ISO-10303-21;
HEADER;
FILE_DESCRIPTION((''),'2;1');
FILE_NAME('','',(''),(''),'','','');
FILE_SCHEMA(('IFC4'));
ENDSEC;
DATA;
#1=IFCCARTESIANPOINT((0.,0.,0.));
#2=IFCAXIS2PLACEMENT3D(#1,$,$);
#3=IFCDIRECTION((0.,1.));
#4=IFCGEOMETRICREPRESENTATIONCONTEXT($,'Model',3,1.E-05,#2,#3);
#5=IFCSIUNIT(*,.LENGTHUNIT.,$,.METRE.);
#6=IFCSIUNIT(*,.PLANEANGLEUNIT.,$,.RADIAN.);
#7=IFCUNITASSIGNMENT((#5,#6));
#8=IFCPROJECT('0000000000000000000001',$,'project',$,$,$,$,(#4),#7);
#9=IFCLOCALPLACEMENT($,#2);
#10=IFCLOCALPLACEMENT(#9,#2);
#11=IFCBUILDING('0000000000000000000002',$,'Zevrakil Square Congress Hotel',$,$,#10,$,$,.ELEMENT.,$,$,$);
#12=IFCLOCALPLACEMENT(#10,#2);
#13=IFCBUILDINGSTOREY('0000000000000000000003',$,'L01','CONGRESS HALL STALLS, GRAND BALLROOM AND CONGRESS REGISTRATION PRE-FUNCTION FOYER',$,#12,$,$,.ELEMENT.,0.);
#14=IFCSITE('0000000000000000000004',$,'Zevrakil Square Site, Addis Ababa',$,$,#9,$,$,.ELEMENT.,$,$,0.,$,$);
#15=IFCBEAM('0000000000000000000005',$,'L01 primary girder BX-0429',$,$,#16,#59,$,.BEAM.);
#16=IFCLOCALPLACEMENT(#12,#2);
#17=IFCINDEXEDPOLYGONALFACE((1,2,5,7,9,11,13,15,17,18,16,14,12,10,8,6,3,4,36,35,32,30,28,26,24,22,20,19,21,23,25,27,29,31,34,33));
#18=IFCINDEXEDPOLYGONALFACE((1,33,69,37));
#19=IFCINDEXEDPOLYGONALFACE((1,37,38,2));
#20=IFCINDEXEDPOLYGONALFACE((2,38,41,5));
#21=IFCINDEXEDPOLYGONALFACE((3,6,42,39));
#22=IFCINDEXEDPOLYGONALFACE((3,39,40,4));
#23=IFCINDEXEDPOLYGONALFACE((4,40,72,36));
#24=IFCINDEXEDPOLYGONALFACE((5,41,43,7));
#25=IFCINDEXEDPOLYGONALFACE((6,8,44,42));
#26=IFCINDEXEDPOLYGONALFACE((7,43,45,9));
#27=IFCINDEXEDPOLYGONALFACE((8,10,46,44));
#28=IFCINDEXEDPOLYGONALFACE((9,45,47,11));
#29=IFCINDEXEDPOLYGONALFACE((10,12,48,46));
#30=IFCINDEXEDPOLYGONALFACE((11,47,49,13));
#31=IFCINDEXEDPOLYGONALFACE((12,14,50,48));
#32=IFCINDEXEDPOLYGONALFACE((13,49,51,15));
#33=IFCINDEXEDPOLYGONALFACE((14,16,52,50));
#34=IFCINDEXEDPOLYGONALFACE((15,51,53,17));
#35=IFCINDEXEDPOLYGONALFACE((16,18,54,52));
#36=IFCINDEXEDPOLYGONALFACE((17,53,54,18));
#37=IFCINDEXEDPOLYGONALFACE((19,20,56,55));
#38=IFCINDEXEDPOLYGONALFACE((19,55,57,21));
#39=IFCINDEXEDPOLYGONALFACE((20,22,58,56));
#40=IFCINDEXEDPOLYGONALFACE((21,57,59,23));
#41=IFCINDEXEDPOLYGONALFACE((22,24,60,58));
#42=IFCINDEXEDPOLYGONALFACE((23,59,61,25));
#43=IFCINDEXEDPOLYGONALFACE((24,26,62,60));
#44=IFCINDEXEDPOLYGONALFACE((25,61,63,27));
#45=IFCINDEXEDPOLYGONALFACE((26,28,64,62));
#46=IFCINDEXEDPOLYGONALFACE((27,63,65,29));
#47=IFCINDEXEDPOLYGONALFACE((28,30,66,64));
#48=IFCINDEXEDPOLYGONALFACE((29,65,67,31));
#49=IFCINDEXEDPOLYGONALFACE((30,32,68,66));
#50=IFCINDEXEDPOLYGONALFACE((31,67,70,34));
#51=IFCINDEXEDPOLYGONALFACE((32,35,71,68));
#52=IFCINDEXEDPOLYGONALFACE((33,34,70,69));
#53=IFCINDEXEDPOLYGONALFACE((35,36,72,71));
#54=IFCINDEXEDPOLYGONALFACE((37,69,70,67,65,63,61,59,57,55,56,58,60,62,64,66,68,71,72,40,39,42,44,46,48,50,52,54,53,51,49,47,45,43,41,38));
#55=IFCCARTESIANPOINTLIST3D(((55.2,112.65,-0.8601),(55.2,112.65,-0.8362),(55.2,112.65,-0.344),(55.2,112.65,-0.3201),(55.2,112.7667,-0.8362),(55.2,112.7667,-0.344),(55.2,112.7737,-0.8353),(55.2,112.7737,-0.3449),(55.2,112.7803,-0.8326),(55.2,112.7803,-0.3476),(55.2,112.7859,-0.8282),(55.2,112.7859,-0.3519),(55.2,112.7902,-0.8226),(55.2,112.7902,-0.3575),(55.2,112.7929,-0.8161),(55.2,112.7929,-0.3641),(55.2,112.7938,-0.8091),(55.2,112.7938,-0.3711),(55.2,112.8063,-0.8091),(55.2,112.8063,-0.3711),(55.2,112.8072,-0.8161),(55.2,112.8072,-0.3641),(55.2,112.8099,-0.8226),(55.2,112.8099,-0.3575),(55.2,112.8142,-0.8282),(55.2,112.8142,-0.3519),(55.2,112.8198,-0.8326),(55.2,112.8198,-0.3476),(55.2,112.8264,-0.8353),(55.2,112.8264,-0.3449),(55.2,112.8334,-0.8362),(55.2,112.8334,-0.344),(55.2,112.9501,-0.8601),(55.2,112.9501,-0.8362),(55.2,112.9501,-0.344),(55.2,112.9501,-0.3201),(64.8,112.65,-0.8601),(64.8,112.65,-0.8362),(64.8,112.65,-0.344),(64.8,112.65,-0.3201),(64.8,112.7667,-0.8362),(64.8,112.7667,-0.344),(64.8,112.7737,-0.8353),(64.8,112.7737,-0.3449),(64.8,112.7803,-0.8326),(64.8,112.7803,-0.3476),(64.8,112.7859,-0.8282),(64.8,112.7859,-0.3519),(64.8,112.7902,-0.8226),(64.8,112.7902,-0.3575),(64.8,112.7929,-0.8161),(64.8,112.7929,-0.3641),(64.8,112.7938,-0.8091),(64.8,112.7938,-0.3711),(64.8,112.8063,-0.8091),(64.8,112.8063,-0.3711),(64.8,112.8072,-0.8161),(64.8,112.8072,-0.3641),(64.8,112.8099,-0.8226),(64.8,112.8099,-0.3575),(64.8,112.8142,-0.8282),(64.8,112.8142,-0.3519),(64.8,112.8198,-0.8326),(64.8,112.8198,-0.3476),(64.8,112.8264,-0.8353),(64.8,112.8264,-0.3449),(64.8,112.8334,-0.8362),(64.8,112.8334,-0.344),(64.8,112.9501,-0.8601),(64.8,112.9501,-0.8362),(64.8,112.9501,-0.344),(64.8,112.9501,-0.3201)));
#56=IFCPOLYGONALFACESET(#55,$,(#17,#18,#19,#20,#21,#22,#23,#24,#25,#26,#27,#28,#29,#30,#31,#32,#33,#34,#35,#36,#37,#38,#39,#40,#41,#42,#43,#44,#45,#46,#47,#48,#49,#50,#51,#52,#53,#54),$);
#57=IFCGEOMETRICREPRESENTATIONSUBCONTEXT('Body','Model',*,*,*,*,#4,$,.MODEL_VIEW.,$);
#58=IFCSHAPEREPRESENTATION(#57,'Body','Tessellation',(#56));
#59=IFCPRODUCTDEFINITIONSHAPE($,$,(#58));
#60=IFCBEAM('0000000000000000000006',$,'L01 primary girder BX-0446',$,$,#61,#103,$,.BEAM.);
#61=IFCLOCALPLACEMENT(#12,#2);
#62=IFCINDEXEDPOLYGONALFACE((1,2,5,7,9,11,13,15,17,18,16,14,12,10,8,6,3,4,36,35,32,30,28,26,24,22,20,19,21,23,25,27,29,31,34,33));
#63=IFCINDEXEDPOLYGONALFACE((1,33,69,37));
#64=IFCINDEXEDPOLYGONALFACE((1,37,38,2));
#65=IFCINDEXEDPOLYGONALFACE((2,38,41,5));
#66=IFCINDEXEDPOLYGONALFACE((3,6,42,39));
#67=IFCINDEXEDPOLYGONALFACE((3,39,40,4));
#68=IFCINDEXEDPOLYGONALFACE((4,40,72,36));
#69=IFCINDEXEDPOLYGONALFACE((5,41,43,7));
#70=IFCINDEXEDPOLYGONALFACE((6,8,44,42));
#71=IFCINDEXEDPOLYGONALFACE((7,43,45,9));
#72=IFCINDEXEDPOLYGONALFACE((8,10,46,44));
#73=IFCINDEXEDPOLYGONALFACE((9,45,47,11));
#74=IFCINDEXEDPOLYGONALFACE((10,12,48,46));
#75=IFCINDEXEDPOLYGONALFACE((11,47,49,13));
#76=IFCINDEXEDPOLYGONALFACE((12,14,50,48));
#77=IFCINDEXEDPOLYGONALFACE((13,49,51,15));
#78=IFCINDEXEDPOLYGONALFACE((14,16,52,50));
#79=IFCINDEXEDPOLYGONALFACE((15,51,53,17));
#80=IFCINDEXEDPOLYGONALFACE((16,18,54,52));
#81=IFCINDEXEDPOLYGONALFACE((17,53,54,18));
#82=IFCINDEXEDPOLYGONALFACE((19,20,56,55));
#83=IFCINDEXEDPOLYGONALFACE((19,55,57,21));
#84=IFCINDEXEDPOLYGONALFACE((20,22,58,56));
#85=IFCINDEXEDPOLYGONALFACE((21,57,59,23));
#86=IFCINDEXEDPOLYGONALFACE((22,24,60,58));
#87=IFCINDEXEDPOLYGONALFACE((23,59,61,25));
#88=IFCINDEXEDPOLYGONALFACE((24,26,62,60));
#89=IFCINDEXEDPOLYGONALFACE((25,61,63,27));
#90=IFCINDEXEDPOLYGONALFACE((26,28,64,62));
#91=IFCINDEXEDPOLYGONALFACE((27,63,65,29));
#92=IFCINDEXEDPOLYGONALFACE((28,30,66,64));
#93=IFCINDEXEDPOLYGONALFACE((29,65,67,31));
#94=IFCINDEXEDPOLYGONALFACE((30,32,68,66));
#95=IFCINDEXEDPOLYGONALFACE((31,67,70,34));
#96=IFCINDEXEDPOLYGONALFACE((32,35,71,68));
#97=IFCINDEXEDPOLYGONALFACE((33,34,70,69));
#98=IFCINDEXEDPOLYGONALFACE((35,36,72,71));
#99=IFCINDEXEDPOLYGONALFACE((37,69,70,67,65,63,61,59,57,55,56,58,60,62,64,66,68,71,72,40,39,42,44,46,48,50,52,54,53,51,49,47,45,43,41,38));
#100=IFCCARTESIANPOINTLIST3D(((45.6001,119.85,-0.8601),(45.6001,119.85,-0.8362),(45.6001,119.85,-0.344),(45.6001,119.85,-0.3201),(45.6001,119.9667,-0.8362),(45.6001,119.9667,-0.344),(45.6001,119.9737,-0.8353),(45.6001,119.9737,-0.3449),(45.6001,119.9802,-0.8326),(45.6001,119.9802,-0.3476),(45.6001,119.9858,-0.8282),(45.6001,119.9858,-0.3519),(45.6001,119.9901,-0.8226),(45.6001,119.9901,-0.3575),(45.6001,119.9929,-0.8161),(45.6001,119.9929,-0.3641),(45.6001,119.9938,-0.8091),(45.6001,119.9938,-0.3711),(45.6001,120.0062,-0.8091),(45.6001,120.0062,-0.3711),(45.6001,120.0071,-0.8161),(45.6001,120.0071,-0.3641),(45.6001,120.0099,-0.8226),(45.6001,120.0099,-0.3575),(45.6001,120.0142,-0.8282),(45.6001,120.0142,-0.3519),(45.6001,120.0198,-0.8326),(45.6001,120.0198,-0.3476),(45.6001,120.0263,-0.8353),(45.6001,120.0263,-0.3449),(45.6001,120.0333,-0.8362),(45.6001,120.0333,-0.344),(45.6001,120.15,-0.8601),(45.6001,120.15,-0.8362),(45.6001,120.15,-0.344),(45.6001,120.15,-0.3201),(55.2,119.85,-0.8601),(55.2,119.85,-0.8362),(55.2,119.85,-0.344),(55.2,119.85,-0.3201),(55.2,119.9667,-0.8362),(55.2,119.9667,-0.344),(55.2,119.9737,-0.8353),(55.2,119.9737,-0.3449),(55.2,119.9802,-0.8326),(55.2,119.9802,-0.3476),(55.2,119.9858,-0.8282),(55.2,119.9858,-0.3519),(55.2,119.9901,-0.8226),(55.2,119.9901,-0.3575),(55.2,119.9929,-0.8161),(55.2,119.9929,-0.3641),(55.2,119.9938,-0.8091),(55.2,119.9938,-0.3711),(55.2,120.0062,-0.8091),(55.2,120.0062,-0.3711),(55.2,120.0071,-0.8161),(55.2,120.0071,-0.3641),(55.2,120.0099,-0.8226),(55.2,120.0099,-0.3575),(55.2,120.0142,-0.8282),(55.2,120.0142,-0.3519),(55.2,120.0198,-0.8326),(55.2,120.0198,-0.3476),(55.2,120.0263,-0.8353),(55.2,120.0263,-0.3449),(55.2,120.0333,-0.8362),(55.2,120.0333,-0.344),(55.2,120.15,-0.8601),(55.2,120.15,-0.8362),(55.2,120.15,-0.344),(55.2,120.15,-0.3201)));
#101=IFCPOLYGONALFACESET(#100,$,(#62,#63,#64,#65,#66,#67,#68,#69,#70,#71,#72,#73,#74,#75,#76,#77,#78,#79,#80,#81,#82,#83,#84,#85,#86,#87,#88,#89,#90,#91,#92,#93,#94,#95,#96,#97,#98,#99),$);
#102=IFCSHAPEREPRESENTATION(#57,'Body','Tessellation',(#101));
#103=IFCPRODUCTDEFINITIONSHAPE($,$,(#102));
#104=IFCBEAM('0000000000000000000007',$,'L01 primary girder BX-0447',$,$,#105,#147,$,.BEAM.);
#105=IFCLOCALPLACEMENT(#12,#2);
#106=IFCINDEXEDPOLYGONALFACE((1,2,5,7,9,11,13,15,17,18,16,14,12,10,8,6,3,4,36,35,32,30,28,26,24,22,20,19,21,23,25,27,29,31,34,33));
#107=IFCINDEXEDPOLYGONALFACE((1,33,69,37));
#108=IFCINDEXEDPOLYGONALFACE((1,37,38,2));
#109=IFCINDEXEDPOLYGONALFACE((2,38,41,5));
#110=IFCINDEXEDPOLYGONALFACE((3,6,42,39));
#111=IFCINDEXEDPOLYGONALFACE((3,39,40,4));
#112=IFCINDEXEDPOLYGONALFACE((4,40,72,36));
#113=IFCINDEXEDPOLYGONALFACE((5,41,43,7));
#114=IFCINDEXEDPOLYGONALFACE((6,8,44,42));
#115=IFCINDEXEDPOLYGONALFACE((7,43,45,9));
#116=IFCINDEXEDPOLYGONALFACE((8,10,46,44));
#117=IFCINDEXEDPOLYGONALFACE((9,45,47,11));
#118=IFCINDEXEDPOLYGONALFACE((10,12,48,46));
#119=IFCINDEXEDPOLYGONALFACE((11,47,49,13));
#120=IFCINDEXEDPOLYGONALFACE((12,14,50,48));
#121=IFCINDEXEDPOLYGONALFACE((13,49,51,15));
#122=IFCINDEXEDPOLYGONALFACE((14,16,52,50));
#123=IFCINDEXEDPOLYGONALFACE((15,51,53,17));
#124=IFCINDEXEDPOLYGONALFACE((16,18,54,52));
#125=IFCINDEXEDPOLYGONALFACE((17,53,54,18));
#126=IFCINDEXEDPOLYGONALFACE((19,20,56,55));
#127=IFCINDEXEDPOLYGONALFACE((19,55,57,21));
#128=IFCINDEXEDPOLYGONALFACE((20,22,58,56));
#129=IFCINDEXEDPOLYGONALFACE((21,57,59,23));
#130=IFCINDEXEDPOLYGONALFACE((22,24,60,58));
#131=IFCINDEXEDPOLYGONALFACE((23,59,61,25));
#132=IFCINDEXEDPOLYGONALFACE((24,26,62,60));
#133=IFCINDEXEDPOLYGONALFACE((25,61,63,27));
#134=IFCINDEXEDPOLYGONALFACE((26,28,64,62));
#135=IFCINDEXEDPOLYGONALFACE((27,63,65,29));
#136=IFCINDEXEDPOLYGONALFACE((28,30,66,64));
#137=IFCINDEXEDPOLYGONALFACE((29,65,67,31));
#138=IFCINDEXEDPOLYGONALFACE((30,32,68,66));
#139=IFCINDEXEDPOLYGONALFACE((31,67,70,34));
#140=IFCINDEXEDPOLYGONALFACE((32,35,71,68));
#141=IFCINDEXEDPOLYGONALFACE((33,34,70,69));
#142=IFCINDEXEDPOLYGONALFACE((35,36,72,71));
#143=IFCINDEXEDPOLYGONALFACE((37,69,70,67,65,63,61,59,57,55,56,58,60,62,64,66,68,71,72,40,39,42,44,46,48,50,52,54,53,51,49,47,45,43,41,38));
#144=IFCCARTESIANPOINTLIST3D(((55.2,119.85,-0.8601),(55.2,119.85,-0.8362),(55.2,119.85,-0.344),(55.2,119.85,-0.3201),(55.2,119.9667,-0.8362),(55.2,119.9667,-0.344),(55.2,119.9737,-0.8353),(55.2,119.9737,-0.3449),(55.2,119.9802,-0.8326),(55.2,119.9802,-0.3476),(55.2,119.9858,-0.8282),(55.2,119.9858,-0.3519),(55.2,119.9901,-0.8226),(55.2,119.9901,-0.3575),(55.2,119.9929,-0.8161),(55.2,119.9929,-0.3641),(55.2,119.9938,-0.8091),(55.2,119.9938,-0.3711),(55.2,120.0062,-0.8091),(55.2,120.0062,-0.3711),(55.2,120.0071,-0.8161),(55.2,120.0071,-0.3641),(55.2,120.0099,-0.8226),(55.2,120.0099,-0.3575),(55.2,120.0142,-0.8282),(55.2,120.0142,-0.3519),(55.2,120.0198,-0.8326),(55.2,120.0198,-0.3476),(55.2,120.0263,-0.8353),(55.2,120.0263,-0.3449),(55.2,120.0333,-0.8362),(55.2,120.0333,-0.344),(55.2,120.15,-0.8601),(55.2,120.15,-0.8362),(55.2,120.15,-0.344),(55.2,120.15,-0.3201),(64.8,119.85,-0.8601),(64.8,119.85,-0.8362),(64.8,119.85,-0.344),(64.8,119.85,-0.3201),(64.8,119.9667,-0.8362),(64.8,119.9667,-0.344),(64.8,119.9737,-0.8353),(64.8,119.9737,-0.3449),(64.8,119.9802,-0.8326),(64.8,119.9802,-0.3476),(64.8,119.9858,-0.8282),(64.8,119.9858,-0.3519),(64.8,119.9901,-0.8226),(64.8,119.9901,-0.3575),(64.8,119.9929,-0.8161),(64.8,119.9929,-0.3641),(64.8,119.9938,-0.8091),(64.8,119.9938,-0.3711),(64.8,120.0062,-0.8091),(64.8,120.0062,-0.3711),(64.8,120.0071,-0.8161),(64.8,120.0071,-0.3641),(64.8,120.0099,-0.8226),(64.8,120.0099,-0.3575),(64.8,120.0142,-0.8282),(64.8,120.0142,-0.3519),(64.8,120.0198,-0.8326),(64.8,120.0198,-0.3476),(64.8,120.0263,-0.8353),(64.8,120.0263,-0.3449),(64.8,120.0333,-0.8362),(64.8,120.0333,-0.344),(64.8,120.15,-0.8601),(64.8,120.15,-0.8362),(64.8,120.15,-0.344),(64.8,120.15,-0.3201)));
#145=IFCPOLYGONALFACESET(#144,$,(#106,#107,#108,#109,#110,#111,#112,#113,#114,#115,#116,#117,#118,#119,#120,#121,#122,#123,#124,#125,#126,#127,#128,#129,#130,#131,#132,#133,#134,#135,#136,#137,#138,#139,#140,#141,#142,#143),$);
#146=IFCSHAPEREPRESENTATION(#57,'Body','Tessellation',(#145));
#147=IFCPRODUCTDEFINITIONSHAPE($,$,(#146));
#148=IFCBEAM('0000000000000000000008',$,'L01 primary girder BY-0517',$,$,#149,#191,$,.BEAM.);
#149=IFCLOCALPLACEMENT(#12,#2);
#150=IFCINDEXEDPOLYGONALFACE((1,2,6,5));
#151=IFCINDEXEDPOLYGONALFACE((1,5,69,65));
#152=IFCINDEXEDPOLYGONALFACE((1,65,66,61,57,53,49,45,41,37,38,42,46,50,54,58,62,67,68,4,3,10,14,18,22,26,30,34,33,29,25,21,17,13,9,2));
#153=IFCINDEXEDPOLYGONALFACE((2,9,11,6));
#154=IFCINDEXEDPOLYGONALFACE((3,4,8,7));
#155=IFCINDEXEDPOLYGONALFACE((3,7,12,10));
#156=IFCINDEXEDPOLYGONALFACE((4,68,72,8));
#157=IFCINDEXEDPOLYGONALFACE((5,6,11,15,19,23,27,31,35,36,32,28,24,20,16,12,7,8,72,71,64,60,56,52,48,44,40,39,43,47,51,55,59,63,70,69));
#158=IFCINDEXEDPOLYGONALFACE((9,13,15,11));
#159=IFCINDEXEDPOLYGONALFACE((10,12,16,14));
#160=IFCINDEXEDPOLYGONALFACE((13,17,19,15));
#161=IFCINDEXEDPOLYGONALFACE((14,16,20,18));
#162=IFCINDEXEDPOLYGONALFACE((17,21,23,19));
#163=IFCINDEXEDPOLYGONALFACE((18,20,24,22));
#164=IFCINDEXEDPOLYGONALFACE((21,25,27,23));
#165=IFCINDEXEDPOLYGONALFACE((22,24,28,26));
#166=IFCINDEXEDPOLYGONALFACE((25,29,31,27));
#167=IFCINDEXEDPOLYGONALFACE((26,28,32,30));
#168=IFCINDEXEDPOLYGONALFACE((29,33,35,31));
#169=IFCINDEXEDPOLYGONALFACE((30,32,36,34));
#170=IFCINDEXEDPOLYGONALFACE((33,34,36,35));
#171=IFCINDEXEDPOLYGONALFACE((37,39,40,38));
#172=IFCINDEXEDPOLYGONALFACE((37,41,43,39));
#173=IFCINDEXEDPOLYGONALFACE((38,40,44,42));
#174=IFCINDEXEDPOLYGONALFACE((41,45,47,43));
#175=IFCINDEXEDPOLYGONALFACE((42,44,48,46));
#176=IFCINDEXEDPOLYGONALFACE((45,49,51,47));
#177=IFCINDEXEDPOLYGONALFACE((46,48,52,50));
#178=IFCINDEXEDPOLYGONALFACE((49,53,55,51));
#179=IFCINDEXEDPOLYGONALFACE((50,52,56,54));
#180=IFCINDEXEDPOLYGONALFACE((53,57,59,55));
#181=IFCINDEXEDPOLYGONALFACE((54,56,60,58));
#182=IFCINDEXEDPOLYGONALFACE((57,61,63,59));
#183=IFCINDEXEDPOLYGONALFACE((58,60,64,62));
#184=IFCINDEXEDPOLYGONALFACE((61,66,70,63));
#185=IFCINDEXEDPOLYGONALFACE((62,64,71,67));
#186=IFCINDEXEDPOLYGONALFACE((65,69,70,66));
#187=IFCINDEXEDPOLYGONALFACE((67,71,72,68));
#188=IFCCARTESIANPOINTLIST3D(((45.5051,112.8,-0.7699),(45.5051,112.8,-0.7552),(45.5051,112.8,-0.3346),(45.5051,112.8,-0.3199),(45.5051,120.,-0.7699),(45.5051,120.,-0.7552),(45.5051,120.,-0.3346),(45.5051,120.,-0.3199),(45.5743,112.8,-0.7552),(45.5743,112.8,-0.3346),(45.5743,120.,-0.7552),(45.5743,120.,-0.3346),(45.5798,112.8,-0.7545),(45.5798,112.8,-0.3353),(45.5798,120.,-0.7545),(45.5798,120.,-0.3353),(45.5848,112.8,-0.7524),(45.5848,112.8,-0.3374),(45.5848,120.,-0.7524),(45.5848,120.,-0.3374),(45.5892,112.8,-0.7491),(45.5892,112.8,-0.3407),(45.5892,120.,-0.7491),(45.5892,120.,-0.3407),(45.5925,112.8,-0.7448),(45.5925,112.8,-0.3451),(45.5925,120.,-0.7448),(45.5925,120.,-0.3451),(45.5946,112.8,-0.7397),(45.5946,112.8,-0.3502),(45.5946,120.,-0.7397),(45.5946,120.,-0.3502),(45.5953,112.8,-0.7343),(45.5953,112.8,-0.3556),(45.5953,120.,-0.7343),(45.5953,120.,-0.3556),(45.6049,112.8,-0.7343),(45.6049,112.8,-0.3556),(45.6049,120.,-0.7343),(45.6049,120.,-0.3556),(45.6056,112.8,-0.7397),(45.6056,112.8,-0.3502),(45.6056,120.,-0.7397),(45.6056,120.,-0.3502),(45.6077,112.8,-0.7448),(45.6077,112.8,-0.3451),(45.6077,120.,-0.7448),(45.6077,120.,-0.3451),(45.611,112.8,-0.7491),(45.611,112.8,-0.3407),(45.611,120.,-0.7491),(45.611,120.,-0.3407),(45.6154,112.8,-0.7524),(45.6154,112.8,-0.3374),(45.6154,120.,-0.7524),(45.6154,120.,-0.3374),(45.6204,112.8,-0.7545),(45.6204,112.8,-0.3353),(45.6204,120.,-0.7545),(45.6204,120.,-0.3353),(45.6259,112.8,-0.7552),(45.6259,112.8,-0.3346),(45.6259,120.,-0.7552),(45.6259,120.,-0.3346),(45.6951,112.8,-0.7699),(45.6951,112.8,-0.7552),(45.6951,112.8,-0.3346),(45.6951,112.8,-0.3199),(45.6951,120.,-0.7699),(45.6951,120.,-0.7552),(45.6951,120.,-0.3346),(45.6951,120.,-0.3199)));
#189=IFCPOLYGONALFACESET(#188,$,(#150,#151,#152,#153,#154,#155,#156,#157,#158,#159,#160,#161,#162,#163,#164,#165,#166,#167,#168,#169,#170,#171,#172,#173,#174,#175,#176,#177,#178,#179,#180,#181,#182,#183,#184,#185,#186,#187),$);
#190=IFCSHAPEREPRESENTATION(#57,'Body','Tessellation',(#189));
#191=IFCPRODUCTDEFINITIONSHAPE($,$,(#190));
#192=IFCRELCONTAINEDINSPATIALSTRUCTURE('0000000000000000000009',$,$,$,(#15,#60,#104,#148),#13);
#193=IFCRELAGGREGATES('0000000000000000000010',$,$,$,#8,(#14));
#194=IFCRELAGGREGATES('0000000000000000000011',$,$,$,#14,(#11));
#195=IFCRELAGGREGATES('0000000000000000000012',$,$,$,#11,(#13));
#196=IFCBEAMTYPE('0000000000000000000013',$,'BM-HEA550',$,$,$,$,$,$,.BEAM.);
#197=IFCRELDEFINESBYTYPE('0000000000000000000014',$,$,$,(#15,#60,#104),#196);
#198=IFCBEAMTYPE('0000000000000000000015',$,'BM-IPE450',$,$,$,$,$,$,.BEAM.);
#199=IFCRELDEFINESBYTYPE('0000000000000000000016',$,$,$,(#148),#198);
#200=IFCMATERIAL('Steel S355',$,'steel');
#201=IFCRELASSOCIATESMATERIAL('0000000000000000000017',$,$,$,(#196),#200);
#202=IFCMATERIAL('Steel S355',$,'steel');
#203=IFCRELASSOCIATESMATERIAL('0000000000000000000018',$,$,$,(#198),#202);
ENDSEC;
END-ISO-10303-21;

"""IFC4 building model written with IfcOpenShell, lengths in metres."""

from ifc_helpers import new_model, si_unit, direction, frame, origin, origin_2d, place, context, subcontext, project, spatial, i_section, extrude, material, material_profile, profile_set, type_object, element, save


model = new_model("IFC4")

# Units and contexts
model_context = context("Model", 3, precision=1e-05, world=origin(), true_north=direction((0.0, 1.0)))
body_context = subcontext(model_context, "Body", "Model", "MODEL_VIEW")
ifc_project = project(units=[si_unit("LENGTHUNIT", "METRE"), si_unit("PLANEANGLEUNIT", "RADIAN")], contexts=[model_context])

# Site, building, storey
site_placement = place(None, origin())
site = spatial("IfcSite", under=ifc_project, at=site_placement, Name="Zevrakil Square Site, Addis Ababa", CompositionType="ELEMENT", RefElevation=0.0)
building_placement = place(site_placement, origin())
building = spatial("IfcBuilding", under=site, at=building_placement, Name="Zevrakil Square Congress Hotel", CompositionType="ELEMENT")
storey_placement = place(building_placement, origin())
storey = spatial("IfcBuildingStorey", under=building, at=storey_placement, Name="L01", Description="CONGRESS HALL STALLS, GRAND BALLROOM AND CONGRESS REGISTRATION PRE-FUNCTION FOYER", CompositionType="ELEMENT", Elevation=0.0)

# Beams
ifc_material_1 = material(Name="Steel S355", Category="steel")
ifc_material_profile_1 = material_profile(ifc_material_1, i_section(OverallWidth=0.3, OverallDepth=0.54, WebThickness=0.0125, FlangeThickness=0.0239, FilletRadius=0.0271, at=origin_2d()), Name="HEA 550")
ifc_profile_set_1 = profile_set([ifc_material_profile_1], Name="Steel S355")
beam_type_1 = type_object("IfcBeamType", Name="BM-HEA550", PredefinedType="BEAM", material=ifc_profile_set_1)
beam_1_placement = place(storey_placement, frame((55.2, 112.8, -0.5901), z_axis=(1.0, 0.0, 0.0), x_axis=(0.0, 1.0, 0.0)))
element("IfcBeam", 1, at=beam_1_placement, inside=storey, type_object=beam_type_1, Name="L01 primary girder BX-0429", PredefinedType="BEAM", context=body_context, shape_type="SweptSolid", body=[
    extrude(i_section(OverallWidth=0.3, OverallDepth=0.54, WebThickness=0.0125, FlangeThickness=0.0239, FilletRadius=0.0271, at=origin_2d()), origin(), (0.0, 0.0, 1.0), 9.6001),
])
beam_2_placement = place(storey_placement, frame((45.6001, 120.0, -0.5901), z_axis=(1.0, 0.0, 0.0), x_axis=(0.0, 1.0, 0.0)))
element("IfcBeam", 2, at=beam_2_placement, inside=storey, type_object=beam_type_1, Name="L01 primary girder BX-0446", PredefinedType="BEAM", context=body_context, shape_type="SweptSolid", body=[
    extrude(i_section(OverallWidth=0.3, OverallDepth=0.54, WebThickness=0.0125, FlangeThickness=0.0239, FilletRadius=0.0271, at=origin_2d()), origin(), (0.0, 0.0, 1.0), 9.5999),
])
beam_3_placement = place(storey_placement, frame((55.2, 120.0, -0.5901), z_axis=(1.0, 0.0, 0.0), x_axis=(0.0, 1.0, 0.0)))
element("IfcBeam", 3, at=beam_3_placement, inside=storey, type_object=beam_type_1, Name="L01 primary girder BX-0447", PredefinedType="BEAM", context=body_context, shape_type="SweptSolid", body=[
    extrude(i_section(OverallWidth=0.3, OverallDepth=0.54, WebThickness=0.0125, FlangeThickness=0.0239, FilletRadius=0.0271, at=origin_2d()), origin(), (0.0, 0.0, 1.0), 9.6001),
])
ifc_material_2 = material(Name="Steel S355", Category="steel")
ifc_material_profile_2 = material_profile(ifc_material_2, i_section(OverallWidth=0.1899, OverallDepth=0.45, WebThickness=0.0095, FlangeThickness=0.0146, FilletRadius=0.021, at=origin_2d()), Name="IPE 450")
ifc_profile_set_2 = profile_set([ifc_material_profile_2], Name="Steel S355")
beam_type_2 = type_object("IfcBeamType", Name="BM-IPE450", PredefinedType="BEAM", material=ifc_profile_set_2)
for number, where, z_axis, x_axis, name in (
    (4, (45.6001, 112.8, -0.5449), (0.0, 1.0, 0.0), (-1.0, 0.0, 0.0), "L01 primary girder BY-0517"),
):
    element("IfcBeam", number, at=place(storey_placement, frame(where, z_axis=z_axis, x_axis=x_axis)), inside=storey, type_object=beam_type_2, Name=name, PredefinedType="BEAM", context=body_context, shape_type="SweptSolid", body=[
        extrude(i_section(OverallWidth=0.1899, OverallDepth=0.45, WebThickness=0.0095, FlangeThickness=0.0146, FilletRadius=0.021, at=origin_2d()), origin(), (0.0, 0.0, 1.0), 7.2),
    ])

save(model, "model.ifc")
